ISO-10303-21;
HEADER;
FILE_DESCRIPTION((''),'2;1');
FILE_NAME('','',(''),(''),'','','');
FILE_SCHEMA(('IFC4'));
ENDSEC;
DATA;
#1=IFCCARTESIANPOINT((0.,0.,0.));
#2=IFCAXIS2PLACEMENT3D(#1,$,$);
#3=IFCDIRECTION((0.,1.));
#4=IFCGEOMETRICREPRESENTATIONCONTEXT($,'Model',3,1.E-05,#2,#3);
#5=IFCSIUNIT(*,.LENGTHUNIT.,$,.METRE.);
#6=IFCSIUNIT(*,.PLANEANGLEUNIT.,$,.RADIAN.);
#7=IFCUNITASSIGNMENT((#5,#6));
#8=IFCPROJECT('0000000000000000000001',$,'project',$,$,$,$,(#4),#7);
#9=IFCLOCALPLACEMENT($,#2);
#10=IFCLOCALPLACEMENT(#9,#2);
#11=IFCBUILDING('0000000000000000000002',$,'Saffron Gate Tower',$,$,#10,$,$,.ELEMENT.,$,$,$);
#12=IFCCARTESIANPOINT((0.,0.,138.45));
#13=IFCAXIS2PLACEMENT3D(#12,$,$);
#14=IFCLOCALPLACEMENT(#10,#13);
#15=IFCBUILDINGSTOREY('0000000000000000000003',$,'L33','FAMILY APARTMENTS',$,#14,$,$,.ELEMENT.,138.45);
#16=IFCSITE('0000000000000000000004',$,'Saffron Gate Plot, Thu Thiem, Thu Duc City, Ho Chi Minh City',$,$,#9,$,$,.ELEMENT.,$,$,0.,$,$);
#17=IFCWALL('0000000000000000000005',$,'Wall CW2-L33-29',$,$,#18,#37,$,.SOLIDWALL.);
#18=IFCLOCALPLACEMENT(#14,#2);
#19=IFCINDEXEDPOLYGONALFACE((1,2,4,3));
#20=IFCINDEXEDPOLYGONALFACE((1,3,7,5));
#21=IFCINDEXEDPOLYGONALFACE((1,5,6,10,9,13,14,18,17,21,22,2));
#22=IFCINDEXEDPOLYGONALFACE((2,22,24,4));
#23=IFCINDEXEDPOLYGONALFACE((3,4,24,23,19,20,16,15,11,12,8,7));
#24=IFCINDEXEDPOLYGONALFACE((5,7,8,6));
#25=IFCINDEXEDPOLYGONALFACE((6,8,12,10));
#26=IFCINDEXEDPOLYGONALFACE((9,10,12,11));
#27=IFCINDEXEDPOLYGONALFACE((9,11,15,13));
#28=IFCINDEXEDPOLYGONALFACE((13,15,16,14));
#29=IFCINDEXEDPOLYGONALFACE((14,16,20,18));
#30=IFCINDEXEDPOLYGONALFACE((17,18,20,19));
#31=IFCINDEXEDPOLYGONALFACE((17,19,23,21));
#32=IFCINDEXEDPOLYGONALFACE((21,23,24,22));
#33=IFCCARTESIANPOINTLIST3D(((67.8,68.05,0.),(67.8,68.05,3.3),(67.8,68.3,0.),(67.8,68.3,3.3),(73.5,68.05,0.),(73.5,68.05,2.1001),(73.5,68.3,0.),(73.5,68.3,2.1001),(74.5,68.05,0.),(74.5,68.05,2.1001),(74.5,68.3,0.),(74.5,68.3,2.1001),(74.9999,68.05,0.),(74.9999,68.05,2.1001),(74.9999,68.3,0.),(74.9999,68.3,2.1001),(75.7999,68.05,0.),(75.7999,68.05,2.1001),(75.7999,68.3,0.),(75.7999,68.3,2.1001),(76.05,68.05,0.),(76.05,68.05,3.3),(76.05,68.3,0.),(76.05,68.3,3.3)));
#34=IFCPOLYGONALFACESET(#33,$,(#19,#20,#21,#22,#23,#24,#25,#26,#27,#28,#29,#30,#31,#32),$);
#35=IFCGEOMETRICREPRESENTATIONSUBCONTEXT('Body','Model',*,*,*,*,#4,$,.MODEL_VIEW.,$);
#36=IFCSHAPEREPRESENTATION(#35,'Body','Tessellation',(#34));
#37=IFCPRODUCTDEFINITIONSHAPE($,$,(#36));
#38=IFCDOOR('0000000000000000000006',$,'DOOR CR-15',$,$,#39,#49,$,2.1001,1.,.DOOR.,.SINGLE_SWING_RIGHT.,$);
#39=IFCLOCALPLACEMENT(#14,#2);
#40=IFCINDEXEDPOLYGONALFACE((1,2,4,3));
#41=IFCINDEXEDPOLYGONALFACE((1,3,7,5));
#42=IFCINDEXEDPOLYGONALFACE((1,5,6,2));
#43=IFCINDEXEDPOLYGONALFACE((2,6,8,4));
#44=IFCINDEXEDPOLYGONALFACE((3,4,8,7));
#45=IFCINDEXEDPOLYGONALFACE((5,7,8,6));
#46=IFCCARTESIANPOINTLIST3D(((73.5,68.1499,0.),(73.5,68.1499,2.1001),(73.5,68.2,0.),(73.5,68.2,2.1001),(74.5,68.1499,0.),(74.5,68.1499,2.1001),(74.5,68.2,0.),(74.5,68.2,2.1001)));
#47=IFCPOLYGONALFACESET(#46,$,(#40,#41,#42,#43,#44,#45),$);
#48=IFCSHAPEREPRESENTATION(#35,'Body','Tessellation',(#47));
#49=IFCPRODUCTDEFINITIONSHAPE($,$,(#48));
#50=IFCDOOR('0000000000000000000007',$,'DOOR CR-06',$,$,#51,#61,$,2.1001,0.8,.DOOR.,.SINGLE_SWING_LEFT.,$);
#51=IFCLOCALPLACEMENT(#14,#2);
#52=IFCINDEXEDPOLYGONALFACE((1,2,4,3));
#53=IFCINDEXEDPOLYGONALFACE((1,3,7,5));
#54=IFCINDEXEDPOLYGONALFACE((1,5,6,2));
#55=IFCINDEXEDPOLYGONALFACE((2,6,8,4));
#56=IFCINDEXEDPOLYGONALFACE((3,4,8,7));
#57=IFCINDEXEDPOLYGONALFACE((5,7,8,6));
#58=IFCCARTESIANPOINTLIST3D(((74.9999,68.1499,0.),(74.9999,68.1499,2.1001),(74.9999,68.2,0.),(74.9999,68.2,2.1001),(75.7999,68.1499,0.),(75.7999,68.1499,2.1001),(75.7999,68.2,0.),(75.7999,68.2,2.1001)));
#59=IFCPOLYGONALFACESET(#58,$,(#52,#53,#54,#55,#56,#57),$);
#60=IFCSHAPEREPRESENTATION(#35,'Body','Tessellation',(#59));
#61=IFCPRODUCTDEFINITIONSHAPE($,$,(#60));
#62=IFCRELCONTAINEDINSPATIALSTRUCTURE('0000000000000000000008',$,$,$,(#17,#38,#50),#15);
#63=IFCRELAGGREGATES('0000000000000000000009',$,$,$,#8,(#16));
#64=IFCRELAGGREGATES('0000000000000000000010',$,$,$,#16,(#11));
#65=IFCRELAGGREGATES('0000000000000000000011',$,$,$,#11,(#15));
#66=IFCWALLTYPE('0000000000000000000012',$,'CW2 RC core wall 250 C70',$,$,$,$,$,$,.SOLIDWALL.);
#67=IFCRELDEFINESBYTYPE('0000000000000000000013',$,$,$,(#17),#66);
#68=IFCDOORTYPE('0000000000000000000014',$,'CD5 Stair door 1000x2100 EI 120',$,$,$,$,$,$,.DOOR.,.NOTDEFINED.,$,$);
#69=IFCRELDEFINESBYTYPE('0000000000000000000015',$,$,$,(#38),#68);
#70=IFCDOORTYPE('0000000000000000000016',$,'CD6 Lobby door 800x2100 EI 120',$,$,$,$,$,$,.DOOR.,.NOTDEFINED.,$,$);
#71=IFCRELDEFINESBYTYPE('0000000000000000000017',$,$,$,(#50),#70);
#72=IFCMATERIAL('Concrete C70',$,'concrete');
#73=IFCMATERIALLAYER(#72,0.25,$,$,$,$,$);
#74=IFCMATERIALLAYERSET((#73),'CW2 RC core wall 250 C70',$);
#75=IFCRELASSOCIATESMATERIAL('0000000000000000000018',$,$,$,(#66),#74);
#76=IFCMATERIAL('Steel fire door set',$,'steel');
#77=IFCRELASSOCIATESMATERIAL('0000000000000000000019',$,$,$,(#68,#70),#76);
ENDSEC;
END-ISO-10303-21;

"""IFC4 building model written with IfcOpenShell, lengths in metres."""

from ifc_helpers import new_model, si_unit, direction, frame, frame_2d, origin, place, context, subcontext, project, spatial, rectangle, extrude, material, layer, layer_set, type_object, element, fill, save


model = new_model("IFC4")

# Units and contexts
model_context = context("Model", 3, precision=1e-05, world=origin(), true_north=direction((0.0, 1.0)))
body_context = subcontext(model_context, "Body", "Model", "MODEL_VIEW")
ifc_project = project(units=[si_unit("LENGTHUNIT", "METRE"), si_unit("PLANEANGLEUNIT", "RADIAN")], contexts=[model_context])

# Site, building, storey
site_placement = place(None, origin())
site = spatial("IfcSite", under=ifc_project, at=site_placement, Name="Saffron Gate Plot, Thu Thiem, Thu Duc City, Ho Chi Minh City", CompositionType="ELEMENT", RefElevation=0.0)
building_placement = place(site_placement, origin())
building = spatial("IfcBuilding", under=site, at=building_placement, Name="Saffron Gate Tower", CompositionType="ELEMENT")
storey_placement = place(building_placement, frame((0.0, 0.0, 138.45)))
storey = spatial("IfcBuildingStorey", under=building, at=storey_placement, Name="L33", Description="FAMILY APARTMENTS", CompositionType="ELEMENT", Elevation=138.45)

# Wall, openings, doors
ifc_material_1 = material(Name="Concrete C70", Category="concrete")
ifc_layer_1 = layer(ifc_material_1, 0.25)
ifc_layer_set_1 = layer_set([ifc_layer_1], Name="CW2 RC core wall 250 C70")
wall_type_1 = type_object("IfcWallType", Name="CW2 RC core wall 250 C70", PredefinedType="SOLIDWALL", material=ifc_layer_set_1)
wall_1_placement = place(storey_placement, frame((67.8, 68.175, 0.0), z_axis=(0.0, 0.0, 1.0), x_axis=(1.0, 0.0, 0.0)))
wall_1 = element("IfcWall", 1, at=wall_1_placement, inside=storey, type_object=wall_type_1, Name="Wall CW2-L33-29", PredefinedType="SOLIDWALL", context=body_context, shape_type="SweptSolid", body=[
    extrude(rectangle(XDim=8.25, YDim=0.25, at=frame_2d((4.125, 0.0))), origin(), (0.0, 0.0, 1.0), 3.3),
])
opening_1_placement = place(wall_1_placement, frame((5.7, 0.0, 0.0)))
opening_1 = element("IfcOpeningElement", 2, at=opening_1_placement, cuts=wall_1, PredefinedType="OPENING", context=body_context, shape_type="SweptSolid", body=[
    extrude(rectangle(XDim=1.0, YDim=2.1001, at=frame_2d((0.5, 1.05))), frame((0.0, 0.135, 0.0), z_axis=(0.0, -1.0, 0.0), x_axis=(1.0, 0.0, 0.0)), (0.0, 0.0, 1.0), 0.27),
])
opening_2_placement = place(wall_1_placement, frame((7.2, 0.0, 0.0)))
opening_2 = element("IfcOpeningElement", 3, at=opening_2_placement, cuts=wall_1, PredefinedType="OPENING", context=body_context, shape_type="SweptSolid", body=[
    extrude(rectangle(XDim=0.8, YDim=2.1001, at=frame_2d((0.3999, 1.05))), frame((0.0, 0.135, 0.0), z_axis=(0.0, -1.0, 0.0), x_axis=(1.0, 0.0, 0.0)), (0.0, 0.0, 1.0), 0.27),
])
ifc_material_2 = material(Name="Steel fire door set", Category="steel")
door_type_1 = type_object("IfcDoorType", Name="CD5 Stair door 1000x2100 EI 120", OperationType="NOTDEFINED", PredefinedType="DOOR", material=ifc_material_2)
door_1_placement = place(opening_1_placement, origin())
door_1 = element("IfcDoor", 4, at=door_1_placement, inside=storey, type_object=door_type_1, Name="DOOR CR-15", OperationType="SINGLE_SWING_RIGHT", OverallHeight=2.1001, OverallWidth=1.0, PredefinedType="DOOR", context=body_context, shape_type="SweptSolid", body=[
    extrude(rectangle(XDim=1.0, YDim=2.1001, at=frame_2d((0.5, 1.05))), frame((0.0, 0.0249, 0.0), z_axis=(0.0, -1.0, 0.0), x_axis=(1.0, 0.0, 0.0)), (0.0, 0.0, 1.0), 0.05),
])
fill(opening_1, door_1)
door_type_2 = type_object("IfcDoorType", Name="CD6 Lobby door 800x2100 EI 120", OperationType="NOTDEFINED", PredefinedType="DOOR", material=ifc_material_2)
door_2_placement = place(opening_2_placement, origin())
door_2 = element("IfcDoor", 5, at=door_2_placement, inside=storey, type_object=door_type_2, Name="DOOR CR-06", OperationType="SINGLE_SWING_LEFT", OverallHeight=2.1001, OverallWidth=0.8, PredefinedType="DOOR", context=body_context, shape_type="SweptSolid", body=[
    extrude(rectangle(XDim=0.8, YDim=2.1001, at=frame_2d((0.3999, 1.05))), frame((0.0, 0.0249, 0.0), z_axis=(0.0, -1.0, 0.0), x_axis=(1.0, 0.0, 0.0)), (0.0, 0.0, 1.0), 0.05),
])
fill(opening_2, door_2)

save(model, "model.ifc")
